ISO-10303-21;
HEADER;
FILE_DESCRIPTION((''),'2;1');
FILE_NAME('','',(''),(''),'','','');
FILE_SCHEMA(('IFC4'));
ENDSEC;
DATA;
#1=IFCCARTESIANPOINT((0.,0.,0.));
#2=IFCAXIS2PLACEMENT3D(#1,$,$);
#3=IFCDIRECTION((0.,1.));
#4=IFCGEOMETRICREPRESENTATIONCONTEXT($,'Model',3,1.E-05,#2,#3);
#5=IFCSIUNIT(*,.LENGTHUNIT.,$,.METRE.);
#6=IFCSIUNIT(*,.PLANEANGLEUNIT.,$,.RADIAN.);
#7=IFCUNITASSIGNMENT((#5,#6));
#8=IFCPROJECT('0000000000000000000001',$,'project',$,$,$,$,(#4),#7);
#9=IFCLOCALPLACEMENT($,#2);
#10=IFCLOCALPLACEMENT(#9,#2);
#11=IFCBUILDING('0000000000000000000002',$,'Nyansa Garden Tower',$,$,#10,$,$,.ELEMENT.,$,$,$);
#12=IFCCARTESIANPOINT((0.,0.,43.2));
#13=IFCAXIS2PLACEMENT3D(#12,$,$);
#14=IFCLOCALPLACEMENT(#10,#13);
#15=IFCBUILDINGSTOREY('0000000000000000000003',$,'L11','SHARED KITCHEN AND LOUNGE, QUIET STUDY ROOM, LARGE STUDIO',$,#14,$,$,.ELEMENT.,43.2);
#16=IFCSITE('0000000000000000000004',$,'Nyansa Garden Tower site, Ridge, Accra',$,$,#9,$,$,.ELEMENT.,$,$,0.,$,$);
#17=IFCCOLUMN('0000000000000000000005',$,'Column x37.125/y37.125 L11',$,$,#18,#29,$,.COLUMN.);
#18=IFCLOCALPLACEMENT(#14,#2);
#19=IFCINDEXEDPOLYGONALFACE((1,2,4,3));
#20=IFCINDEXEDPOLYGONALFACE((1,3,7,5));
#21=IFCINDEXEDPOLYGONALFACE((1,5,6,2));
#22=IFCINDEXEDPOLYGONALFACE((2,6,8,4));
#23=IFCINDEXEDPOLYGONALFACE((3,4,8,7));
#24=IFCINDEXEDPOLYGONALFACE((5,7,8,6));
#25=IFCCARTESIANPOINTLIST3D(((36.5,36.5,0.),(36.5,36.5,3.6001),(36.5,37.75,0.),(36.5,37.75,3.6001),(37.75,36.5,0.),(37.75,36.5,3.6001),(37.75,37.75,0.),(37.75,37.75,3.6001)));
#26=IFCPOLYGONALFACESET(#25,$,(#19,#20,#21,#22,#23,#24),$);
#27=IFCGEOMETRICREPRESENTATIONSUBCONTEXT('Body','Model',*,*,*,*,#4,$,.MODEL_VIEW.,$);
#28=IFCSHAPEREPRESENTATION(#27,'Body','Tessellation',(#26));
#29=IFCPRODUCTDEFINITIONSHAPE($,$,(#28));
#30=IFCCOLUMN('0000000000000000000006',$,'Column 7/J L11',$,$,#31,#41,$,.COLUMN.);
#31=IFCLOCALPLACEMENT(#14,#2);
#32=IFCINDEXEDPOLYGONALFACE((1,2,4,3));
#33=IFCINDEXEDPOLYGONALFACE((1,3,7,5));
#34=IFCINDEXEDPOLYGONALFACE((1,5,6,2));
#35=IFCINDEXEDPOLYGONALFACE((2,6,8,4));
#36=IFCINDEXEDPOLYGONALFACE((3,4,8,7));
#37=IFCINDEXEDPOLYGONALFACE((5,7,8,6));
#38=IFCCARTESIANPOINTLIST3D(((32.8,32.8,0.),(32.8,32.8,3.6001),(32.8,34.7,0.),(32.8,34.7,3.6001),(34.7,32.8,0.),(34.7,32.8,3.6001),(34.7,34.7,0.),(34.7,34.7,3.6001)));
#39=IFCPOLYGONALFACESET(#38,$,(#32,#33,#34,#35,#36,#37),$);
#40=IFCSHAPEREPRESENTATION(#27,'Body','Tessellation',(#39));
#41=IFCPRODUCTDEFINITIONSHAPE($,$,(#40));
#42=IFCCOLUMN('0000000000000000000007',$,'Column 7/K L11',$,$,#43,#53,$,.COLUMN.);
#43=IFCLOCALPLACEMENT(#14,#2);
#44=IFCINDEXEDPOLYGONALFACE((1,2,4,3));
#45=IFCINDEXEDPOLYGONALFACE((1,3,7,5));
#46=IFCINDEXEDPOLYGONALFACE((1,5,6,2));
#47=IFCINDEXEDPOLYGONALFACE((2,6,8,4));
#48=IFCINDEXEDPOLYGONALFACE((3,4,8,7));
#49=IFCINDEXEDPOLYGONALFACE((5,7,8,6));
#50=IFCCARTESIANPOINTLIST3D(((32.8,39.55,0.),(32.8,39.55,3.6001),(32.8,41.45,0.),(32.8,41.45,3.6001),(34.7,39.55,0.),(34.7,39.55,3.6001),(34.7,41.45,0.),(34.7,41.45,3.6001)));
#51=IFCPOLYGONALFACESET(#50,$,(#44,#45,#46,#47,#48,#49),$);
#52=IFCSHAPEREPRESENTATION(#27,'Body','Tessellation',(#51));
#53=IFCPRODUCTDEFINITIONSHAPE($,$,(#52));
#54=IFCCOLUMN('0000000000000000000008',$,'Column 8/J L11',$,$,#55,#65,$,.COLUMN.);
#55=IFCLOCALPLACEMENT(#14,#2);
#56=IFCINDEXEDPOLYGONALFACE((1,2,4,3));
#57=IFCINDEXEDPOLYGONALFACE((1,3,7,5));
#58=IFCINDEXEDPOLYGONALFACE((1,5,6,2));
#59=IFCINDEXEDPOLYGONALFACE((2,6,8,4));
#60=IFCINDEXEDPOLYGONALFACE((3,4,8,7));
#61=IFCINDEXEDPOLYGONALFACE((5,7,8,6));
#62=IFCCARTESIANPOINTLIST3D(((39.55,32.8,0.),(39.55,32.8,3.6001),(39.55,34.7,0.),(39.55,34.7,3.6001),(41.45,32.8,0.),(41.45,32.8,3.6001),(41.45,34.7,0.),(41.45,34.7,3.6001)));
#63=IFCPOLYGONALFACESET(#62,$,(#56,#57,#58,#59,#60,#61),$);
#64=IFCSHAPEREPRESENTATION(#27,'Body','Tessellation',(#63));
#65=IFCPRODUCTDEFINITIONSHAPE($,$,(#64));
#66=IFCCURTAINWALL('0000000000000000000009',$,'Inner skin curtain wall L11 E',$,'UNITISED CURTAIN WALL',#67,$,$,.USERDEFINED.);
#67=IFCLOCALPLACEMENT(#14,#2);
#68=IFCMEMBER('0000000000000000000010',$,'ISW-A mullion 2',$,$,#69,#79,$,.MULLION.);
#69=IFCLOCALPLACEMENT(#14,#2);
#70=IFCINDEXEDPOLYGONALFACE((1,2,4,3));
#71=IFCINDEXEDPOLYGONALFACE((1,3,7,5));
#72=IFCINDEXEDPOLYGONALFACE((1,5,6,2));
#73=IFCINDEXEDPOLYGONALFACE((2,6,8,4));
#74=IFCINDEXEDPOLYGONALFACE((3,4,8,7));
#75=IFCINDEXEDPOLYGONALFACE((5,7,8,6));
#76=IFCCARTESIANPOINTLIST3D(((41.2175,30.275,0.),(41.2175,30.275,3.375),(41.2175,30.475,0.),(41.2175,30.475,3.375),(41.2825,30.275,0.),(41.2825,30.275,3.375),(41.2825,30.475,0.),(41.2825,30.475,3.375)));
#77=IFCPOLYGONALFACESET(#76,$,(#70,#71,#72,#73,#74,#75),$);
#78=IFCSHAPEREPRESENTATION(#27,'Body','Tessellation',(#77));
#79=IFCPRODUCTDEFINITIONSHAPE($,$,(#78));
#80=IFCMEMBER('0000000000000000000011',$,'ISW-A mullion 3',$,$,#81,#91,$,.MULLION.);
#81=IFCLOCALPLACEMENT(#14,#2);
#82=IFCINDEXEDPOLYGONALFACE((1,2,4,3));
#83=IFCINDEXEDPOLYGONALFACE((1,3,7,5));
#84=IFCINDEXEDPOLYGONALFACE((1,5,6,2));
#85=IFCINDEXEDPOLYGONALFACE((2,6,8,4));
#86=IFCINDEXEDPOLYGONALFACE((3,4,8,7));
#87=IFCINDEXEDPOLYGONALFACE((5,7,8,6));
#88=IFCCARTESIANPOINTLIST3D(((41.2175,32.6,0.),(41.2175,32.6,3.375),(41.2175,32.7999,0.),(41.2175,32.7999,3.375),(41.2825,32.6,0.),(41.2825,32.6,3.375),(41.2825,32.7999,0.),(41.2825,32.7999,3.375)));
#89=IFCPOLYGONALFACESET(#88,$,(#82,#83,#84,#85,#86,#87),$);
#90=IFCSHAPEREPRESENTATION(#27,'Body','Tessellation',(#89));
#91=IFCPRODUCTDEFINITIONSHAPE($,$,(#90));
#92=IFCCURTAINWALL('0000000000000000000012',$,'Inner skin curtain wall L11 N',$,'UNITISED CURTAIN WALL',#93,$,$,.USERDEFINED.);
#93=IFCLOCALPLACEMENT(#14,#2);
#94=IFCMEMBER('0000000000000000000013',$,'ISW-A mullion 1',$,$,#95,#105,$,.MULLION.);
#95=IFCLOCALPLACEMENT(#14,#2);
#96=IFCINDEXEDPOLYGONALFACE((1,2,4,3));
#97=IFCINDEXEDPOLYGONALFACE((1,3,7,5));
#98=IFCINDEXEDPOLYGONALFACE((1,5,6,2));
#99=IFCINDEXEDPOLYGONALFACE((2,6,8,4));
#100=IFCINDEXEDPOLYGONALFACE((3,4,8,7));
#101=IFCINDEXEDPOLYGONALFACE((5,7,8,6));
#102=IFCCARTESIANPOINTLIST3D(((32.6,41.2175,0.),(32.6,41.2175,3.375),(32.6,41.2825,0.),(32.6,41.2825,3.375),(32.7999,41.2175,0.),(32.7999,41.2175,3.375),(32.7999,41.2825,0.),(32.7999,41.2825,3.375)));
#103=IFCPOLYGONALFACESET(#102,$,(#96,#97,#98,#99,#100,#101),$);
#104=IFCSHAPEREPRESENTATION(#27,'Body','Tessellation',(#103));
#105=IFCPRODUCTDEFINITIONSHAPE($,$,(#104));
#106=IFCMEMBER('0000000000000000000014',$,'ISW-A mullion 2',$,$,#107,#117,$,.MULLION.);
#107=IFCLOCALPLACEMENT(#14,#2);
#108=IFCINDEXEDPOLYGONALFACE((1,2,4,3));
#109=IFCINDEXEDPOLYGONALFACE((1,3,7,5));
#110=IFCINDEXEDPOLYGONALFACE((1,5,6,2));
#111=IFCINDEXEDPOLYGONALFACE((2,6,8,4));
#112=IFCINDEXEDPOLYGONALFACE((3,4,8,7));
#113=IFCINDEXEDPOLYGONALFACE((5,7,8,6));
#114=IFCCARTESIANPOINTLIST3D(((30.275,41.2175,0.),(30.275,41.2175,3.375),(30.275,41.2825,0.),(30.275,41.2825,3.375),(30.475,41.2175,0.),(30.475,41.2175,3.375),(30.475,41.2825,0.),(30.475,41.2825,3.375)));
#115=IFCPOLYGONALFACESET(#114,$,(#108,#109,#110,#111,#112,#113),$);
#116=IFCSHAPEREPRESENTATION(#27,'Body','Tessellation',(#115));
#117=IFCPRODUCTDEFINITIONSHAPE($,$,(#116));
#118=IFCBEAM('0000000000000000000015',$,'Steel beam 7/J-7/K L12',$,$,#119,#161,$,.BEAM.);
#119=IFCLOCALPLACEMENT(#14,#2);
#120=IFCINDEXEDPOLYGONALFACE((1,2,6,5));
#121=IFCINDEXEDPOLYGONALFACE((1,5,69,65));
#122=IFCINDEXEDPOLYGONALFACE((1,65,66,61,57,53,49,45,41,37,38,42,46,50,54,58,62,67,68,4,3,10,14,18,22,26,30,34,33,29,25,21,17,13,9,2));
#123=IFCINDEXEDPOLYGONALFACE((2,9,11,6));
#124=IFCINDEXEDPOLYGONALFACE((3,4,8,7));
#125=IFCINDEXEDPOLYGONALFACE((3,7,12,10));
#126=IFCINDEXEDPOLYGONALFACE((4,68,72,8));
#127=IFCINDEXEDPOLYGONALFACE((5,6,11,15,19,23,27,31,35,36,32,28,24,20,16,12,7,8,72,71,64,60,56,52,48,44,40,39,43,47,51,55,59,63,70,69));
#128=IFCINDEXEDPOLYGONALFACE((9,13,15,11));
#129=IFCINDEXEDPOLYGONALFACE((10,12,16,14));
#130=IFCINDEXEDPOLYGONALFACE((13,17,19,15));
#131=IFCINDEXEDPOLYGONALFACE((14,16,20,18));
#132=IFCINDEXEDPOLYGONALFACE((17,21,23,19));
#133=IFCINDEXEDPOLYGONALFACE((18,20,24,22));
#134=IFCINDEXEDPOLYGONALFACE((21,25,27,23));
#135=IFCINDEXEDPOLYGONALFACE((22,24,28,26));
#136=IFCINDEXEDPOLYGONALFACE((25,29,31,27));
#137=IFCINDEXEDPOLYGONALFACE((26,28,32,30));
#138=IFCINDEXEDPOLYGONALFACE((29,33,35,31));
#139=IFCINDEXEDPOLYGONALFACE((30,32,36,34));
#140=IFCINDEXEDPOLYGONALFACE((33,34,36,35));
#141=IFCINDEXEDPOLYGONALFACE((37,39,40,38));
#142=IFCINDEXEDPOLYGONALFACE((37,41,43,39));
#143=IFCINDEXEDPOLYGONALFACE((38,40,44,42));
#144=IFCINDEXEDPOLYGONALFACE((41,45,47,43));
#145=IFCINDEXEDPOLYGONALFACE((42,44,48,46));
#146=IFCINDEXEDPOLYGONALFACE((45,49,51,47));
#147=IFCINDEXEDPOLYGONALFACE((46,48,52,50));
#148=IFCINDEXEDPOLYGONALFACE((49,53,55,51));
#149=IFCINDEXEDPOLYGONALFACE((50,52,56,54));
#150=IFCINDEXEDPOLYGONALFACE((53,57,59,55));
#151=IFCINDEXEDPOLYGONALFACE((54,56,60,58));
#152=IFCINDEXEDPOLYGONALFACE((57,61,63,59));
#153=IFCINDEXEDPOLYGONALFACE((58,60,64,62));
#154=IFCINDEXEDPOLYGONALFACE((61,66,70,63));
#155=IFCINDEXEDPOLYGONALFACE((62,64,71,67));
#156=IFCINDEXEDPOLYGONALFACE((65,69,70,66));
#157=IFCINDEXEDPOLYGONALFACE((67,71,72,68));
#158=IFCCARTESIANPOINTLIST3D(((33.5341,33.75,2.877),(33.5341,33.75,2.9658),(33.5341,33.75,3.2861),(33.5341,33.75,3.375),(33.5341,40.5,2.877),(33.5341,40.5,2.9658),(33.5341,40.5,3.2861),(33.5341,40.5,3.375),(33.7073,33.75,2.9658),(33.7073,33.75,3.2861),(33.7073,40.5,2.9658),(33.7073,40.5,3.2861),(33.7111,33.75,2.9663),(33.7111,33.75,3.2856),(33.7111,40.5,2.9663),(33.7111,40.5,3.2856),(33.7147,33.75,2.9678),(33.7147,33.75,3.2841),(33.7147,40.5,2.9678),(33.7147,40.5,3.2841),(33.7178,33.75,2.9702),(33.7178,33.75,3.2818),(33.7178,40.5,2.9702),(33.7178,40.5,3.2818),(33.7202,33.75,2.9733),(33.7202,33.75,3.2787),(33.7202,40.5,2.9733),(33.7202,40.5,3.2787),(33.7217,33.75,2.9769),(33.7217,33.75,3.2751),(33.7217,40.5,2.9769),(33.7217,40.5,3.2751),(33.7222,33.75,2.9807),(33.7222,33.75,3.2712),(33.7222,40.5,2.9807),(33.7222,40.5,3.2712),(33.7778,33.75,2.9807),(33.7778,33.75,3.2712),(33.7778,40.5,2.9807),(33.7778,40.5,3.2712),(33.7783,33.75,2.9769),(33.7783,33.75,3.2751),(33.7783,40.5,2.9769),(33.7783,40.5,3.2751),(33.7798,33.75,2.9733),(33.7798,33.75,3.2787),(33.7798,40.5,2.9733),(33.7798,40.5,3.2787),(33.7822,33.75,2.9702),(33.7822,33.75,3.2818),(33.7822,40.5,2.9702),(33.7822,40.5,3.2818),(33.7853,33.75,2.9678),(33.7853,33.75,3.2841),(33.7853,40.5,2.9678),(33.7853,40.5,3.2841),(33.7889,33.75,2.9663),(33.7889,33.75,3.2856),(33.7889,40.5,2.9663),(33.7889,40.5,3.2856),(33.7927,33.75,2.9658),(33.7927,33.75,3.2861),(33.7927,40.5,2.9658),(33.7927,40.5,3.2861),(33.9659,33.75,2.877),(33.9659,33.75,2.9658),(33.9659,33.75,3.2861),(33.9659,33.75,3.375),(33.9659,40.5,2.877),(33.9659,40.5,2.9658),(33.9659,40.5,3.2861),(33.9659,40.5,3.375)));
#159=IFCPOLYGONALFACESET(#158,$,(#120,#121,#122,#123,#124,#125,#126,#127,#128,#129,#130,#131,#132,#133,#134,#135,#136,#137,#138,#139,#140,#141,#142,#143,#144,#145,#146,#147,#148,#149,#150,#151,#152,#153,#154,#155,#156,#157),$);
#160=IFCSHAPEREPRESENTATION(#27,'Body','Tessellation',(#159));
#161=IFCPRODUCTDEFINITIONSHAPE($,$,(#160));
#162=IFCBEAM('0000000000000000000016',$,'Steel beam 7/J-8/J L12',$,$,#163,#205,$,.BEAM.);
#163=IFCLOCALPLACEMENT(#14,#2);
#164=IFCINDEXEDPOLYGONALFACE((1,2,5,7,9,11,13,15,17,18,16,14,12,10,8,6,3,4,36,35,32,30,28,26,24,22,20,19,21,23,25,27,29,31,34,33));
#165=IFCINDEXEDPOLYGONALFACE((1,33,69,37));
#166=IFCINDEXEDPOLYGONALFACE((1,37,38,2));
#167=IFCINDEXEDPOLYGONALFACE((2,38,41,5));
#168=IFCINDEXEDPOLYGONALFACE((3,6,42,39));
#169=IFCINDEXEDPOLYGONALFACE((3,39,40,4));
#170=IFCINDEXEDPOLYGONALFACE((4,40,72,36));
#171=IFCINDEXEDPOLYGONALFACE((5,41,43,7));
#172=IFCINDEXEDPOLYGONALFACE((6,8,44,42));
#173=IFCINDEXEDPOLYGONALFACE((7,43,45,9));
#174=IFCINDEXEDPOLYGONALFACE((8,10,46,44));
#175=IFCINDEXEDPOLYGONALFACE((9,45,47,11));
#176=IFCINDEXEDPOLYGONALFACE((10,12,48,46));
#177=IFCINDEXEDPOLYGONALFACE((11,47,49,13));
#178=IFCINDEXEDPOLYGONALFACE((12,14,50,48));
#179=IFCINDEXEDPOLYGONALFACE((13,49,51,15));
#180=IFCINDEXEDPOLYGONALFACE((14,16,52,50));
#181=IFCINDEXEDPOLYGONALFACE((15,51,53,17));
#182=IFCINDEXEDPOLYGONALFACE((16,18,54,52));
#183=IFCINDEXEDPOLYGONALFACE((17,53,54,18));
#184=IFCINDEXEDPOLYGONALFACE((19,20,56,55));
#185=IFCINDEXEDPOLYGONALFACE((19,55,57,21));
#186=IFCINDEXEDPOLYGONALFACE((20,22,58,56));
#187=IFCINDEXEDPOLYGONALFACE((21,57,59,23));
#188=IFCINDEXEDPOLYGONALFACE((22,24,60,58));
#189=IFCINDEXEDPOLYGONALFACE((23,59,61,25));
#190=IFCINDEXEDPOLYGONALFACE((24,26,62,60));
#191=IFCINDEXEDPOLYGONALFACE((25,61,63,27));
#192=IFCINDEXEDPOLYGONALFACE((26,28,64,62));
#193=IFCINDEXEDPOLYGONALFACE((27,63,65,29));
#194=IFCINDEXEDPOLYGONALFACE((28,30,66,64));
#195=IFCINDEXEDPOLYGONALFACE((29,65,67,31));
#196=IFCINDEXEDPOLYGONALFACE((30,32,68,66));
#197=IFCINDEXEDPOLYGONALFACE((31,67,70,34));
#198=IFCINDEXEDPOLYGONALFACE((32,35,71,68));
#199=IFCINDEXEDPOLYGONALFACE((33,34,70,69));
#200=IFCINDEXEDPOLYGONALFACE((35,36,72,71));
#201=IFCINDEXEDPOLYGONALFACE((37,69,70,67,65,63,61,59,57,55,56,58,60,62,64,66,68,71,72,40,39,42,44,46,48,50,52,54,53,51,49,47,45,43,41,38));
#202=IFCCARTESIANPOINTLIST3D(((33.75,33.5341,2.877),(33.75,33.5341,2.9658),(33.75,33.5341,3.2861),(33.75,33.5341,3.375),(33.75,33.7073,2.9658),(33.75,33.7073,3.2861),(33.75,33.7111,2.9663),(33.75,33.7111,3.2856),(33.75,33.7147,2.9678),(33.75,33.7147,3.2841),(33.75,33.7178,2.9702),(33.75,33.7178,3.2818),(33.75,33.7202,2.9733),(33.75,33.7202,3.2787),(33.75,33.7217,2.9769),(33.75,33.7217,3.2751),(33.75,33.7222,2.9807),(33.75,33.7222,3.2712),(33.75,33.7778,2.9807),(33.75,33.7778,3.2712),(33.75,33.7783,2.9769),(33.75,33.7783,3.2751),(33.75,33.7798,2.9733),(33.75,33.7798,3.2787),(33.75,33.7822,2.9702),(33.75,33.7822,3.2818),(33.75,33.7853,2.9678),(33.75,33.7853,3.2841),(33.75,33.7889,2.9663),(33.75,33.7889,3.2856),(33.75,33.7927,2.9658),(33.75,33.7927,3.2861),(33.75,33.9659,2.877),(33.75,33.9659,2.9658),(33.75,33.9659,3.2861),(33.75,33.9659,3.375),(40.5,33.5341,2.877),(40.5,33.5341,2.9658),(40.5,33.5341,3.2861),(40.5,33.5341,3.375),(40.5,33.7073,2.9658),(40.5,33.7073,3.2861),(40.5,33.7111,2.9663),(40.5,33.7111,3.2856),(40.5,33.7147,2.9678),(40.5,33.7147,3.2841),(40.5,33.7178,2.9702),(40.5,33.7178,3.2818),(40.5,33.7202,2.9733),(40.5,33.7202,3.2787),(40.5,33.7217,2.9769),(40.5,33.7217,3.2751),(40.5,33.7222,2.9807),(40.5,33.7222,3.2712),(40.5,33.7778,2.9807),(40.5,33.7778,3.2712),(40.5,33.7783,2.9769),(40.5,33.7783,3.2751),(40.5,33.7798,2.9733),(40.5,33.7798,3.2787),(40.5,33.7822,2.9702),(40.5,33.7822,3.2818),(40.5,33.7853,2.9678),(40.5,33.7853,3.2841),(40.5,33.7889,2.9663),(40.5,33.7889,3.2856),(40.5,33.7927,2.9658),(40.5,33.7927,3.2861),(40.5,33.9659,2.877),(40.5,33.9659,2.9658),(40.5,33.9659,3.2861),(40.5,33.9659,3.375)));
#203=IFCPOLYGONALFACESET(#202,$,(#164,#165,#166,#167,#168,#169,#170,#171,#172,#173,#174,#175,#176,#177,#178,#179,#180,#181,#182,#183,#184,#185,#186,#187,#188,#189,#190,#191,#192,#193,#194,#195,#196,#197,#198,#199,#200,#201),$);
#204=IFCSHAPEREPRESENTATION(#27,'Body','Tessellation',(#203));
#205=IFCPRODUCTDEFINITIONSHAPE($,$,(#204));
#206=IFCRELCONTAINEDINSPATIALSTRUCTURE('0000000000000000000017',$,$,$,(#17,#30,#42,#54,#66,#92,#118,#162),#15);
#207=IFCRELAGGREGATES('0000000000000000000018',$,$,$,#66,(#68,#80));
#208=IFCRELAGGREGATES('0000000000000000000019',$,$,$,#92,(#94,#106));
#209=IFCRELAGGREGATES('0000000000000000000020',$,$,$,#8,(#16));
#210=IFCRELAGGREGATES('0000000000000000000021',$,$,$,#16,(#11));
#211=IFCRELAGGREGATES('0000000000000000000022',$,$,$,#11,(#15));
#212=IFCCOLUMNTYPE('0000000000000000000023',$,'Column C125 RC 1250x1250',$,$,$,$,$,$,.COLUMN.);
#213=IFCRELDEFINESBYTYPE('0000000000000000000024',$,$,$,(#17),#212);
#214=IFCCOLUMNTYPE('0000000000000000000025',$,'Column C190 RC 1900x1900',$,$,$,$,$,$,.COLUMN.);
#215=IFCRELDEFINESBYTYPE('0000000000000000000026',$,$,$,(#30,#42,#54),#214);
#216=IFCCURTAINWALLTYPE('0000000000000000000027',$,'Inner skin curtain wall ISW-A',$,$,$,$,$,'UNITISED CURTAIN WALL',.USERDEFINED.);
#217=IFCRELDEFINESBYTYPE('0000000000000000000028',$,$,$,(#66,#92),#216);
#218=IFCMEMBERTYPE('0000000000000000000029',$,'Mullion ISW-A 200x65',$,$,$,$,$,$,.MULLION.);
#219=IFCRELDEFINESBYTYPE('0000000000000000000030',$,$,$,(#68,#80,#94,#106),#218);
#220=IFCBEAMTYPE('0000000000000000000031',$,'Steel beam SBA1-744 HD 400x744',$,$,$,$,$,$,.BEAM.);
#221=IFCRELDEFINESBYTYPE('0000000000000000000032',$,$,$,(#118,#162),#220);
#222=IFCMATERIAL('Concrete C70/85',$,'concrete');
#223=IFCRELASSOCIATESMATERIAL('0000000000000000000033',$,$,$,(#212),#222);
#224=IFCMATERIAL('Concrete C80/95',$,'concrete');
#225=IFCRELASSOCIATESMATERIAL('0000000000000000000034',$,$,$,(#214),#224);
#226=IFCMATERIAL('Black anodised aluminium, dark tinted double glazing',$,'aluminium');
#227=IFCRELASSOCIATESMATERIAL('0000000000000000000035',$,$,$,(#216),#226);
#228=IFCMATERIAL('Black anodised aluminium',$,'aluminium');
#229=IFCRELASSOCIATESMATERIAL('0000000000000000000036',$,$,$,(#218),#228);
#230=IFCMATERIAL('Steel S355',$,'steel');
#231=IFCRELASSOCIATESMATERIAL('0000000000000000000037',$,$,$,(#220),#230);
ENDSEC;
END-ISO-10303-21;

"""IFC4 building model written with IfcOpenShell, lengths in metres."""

from ifc_helpers import new_model, si_unit, direction, frame, origin, origin_2d, place, context, subcontext, project, spatial, rectangle, i_section, extrude, material, material_profile, profile_set, type_object, element, aggregate, save


model = new_model("IFC4")

# Units and contexts
model_context = context("Model", 3, precision=1e-05, world=origin(), true_north=direction((0.0, 1.0)))
body_context = subcontext(model_context, "Body", "Model", "MODEL_VIEW")
ifc_project = project(units=[si_unit("LENGTHUNIT", "METRE"), si_unit("PLANEANGLEUNIT", "RADIAN")], contexts=[model_context])

# Site, building, storey
site_placement = place(None, origin())
site = spatial("IfcSite", under=ifc_project, at=site_placement, Name="Nyansa Garden Tower site, Ridge, Accra", CompositionType="ELEMENT", RefElevation=0.0)
building_placement = place(site_placement, origin())
building = spatial("IfcBuilding", under=site, at=building_placement, Name="Nyansa Garden Tower", CompositionType="ELEMENT")
storey_placement = place(building_placement, frame((0.0, 0.0, 43.2)))
storey = spatial("IfcBuildingStorey", under=building, at=storey_placement, Name="L11", Description="SHARED KITCHEN AND LOUNGE, QUIET STUDY ROOM, LARGE STUDIO", CompositionType="ELEMENT", Elevation=43.2)

# Columns
ifc_material_1 = material(Name="Concrete C70/85", Category="concrete")
ifc_material_profile_1 = material_profile(ifc_material_1, rectangle(XDim=1.25, YDim=1.25, at=origin_2d()), Name="RC 1250x1250")
ifc_profile_set_1 = profile_set([ifc_material_profile_1], Name="Concrete C70/85")
column_type_1 = type_object("IfcColumnType", Name="Column C125 RC 1250x1250", PredefinedType="COLUMN", material=ifc_profile_set_1)
column_placement = place(storey_placement, frame((37.125, 37.125, 0.0), z_axis=(0.0, 0.0, 1.0), x_axis=(1.0, 0.0, 0.0)))
element("IfcColumn", 1, at=column_placement, inside=storey, type_object=column_type_1, Name="Column x37.125/y37.125 L11", PredefinedType="COLUMN", context=body_context, shape_type="SweptSolid", body=[
    extrude(rectangle(XDim=1.25, YDim=1.25, at=origin_2d()), origin(), (0.0, 0.0, 1.0), 3.6001),
])
ifc_material_2 = material(Name="Concrete C80/95", Category="concrete")
ifc_material_profile_2 = material_profile(ifc_material_2, rectangle(XDim=1.8999, YDim=1.8999, at=origin_2d()), Name="RC 1900x1900")
ifc_profile_set_2 = profile_set([ifc_material_profile_2], Name="Concrete C80/95")
column_type_2 = type_object("IfcColumnType", Name="Column C190 RC 1900x1900", PredefinedType="COLUMN", material=ifc_profile_set_2)
for number, where, z_axis, x_axis, name in (
    (2, (33.75, 33.75, 0.0), (0.0, 0.0, 1.0), (1.0, 0.0, 0.0), "Column 7/J L11"),
    (3, (33.75, 40.5, 0.0), (0.0, 0.0, 1.0), (1.0, 0.0, 0.0), "Column 7/K L11"),
    (4, (40.5, 33.75, 0.0), (0.0, 0.0, 1.0), (1.0, 0.0, 0.0), "Column 8/J L11"),
):
    element("IfcColumn", number, at=place(storey_placement, frame(where, z_axis=z_axis, x_axis=x_axis)), inside=storey, type_object=column_type_2, Name=name, PredefinedType="COLUMN", context=body_context, shape_type="SweptSolid", body=[
        extrude(rectangle(XDim=1.8999, YDim=1.8999, at=origin_2d()), origin(), (0.0, 0.0, 1.0), 3.6001),
    ])

# Curtain walls, members
ifc_material_3 = material(Name="Black anodised aluminium, dark tinted double glazing", Category="aluminium")
curtain_wall_type = type_object("IfcCurtainWallType", Name="Inner skin curtain wall ISW-A", ElementType="UNITISED CURTAIN WALL", PredefinedType="USERDEFINED", material=ifc_material_3)
curtain_wall_1_placement = place(storey_placement, origin())
curtain_wall_1 = element("IfcCurtainWall", 5, at=curtain_wall_1_placement, inside=storey, type_object=curtain_wall_type, Name="Inner skin curtain wall L11 E", ObjectType="UNITISED CURTAIN WALL", PredefinedType="USERDEFINED")
ifc_material_4 = material(Name="Black anodised aluminium", Category="aluminium")
ifc_material_profile_3 = material_profile(ifc_material_4, rectangle(XDim=0.0649, YDim=0.2, at=origin_2d()), Name="Mullion 200x65")
ifc_profile_set_3 = profile_set([ifc_material_profile_3], Name="Black anodised aluminium")
member_type_1 = type_object("IfcMemberType", Name="Mullion ISW-A 200x65", PredefinedType="MULLION", material=ifc_profile_set_3)
member_1_placement = place(storey_placement, frame((41.25, 30.375, 0.0), z_axis=(0.0, 0.0, 1.0), x_axis=(-1.0, 0.0, 0.0)))
member_1 = element("IfcMember", 6, at=member_1_placement, type_object=member_type_1, Name="ISW-A mullion 2", PredefinedType="MULLION", context=body_context, shape_type="SweptSolid", body=[
    extrude(rectangle(XDim=0.0649, YDim=0.2, at=origin_2d()), origin(), (0.0, 0.0, 1.0), 3.375),
])
member_2_placement = place(storey_placement, frame((41.25, 32.7, 0.0), z_axis=(0.0, 0.0, 1.0), x_axis=(-1.0, 0.0, 0.0)))
member_2 = element("IfcMember", 7, at=member_2_placement, type_object=member_type_1, Name="ISW-A mullion 3", PredefinedType="MULLION", context=body_context, shape_type="SweptSolid", body=[
    extrude(rectangle(XDim=0.0649, YDim=0.2, at=origin_2d()), origin(), (0.0, 0.0, 1.0), 3.375),
])
curtain_wall_2_placement = place(storey_placement, origin())
curtain_wall_2 = element("IfcCurtainWall", 8, at=curtain_wall_2_placement, inside=storey, type_object=curtain_wall_type, Name="Inner skin curtain wall L11 N", ObjectType="UNITISED CURTAIN WALL", PredefinedType="USERDEFINED")
member_3_placement = place(storey_placement, frame((32.7, 41.25, 0.0), z_axis=(0.0, 0.0, 1.0), x_axis=(0.0, -1.0, 0.0)))
member_3 = element("IfcMember", 9, at=member_3_placement, type_object=member_type_1, Name="ISW-A mullion 1", PredefinedType="MULLION", context=body_context, shape_type="SweptSolid", body=[
    extrude(rectangle(XDim=0.0649, YDim=0.2, at=origin_2d()), origin(), (0.0, 0.0, 1.0), 3.375),
])
member_4_placement = place(storey_placement, frame((30.375, 41.25, 0.0), z_axis=(0.0, 0.0, 1.0), x_axis=(0.0, -1.0, 0.0)))
member_4 = element("IfcMember", 10, at=member_4_placement, type_object=member_type_1, Name="ISW-A mullion 2", PredefinedType="MULLION", context=body_context, shape_type="SweptSolid", body=[
    extrude(rectangle(XDim=0.0649, YDim=0.2, at=origin_2d()), origin(), (0.0, 0.0, 1.0), 3.375),
])

# Beams
ifc_material_5 = material(Name="Steel S355", Category="steel")
ifc_material_profile_4 = material_profile(ifc_material_5, i_section(OverallWidth=0.4319, OverallDepth=0.498, WebThickness=0.0557, FlangeThickness=0.0889, FilletRadius=0.0149, at=origin_2d()), Name="HD 400x744")
ifc_profile_set_4 = profile_set([ifc_material_profile_4], Name="Steel S355")
beam_type_1 = type_object("IfcBeamType", Name="Steel beam SBA1-744 HD 400x744", PredefinedType="BEAM", material=ifc_profile_set_4)
for number, where, z_axis, x_axis, name in (
    (11, (33.75, 33.75, 3.126), (0.0, 1.0, 0.0), (-1.0, 0.0, 0.0), "Steel beam 7/J-7/K L12"),
    (12, (33.75, 33.75, 3.126), (1.0, 0.0, 0.0), (0.0, 1.0, 0.0), "Steel beam 7/J-8/J L12"),
):
    element("IfcBeam", number, at=place(storey_placement, frame(where, z_axis=z_axis, x_axis=x_axis)), inside=storey, type_object=beam_type_1, Name=name, PredefinedType="BEAM", context=body_context, shape_type="SweptSolid", body=[
        extrude(i_section(OverallWidth=0.4319, OverallDepth=0.498, WebThickness=0.0557, FlangeThickness=0.0889, FilletRadius=0.0149, at=origin_2d()), origin(), (0.0, 0.0, 1.0), 6.75),
    ])

aggregate(curtain_wall_1, [member_1, member_2])
aggregate(curtain_wall_2, [member_3, member_4])

save(model, "model.ifc")
